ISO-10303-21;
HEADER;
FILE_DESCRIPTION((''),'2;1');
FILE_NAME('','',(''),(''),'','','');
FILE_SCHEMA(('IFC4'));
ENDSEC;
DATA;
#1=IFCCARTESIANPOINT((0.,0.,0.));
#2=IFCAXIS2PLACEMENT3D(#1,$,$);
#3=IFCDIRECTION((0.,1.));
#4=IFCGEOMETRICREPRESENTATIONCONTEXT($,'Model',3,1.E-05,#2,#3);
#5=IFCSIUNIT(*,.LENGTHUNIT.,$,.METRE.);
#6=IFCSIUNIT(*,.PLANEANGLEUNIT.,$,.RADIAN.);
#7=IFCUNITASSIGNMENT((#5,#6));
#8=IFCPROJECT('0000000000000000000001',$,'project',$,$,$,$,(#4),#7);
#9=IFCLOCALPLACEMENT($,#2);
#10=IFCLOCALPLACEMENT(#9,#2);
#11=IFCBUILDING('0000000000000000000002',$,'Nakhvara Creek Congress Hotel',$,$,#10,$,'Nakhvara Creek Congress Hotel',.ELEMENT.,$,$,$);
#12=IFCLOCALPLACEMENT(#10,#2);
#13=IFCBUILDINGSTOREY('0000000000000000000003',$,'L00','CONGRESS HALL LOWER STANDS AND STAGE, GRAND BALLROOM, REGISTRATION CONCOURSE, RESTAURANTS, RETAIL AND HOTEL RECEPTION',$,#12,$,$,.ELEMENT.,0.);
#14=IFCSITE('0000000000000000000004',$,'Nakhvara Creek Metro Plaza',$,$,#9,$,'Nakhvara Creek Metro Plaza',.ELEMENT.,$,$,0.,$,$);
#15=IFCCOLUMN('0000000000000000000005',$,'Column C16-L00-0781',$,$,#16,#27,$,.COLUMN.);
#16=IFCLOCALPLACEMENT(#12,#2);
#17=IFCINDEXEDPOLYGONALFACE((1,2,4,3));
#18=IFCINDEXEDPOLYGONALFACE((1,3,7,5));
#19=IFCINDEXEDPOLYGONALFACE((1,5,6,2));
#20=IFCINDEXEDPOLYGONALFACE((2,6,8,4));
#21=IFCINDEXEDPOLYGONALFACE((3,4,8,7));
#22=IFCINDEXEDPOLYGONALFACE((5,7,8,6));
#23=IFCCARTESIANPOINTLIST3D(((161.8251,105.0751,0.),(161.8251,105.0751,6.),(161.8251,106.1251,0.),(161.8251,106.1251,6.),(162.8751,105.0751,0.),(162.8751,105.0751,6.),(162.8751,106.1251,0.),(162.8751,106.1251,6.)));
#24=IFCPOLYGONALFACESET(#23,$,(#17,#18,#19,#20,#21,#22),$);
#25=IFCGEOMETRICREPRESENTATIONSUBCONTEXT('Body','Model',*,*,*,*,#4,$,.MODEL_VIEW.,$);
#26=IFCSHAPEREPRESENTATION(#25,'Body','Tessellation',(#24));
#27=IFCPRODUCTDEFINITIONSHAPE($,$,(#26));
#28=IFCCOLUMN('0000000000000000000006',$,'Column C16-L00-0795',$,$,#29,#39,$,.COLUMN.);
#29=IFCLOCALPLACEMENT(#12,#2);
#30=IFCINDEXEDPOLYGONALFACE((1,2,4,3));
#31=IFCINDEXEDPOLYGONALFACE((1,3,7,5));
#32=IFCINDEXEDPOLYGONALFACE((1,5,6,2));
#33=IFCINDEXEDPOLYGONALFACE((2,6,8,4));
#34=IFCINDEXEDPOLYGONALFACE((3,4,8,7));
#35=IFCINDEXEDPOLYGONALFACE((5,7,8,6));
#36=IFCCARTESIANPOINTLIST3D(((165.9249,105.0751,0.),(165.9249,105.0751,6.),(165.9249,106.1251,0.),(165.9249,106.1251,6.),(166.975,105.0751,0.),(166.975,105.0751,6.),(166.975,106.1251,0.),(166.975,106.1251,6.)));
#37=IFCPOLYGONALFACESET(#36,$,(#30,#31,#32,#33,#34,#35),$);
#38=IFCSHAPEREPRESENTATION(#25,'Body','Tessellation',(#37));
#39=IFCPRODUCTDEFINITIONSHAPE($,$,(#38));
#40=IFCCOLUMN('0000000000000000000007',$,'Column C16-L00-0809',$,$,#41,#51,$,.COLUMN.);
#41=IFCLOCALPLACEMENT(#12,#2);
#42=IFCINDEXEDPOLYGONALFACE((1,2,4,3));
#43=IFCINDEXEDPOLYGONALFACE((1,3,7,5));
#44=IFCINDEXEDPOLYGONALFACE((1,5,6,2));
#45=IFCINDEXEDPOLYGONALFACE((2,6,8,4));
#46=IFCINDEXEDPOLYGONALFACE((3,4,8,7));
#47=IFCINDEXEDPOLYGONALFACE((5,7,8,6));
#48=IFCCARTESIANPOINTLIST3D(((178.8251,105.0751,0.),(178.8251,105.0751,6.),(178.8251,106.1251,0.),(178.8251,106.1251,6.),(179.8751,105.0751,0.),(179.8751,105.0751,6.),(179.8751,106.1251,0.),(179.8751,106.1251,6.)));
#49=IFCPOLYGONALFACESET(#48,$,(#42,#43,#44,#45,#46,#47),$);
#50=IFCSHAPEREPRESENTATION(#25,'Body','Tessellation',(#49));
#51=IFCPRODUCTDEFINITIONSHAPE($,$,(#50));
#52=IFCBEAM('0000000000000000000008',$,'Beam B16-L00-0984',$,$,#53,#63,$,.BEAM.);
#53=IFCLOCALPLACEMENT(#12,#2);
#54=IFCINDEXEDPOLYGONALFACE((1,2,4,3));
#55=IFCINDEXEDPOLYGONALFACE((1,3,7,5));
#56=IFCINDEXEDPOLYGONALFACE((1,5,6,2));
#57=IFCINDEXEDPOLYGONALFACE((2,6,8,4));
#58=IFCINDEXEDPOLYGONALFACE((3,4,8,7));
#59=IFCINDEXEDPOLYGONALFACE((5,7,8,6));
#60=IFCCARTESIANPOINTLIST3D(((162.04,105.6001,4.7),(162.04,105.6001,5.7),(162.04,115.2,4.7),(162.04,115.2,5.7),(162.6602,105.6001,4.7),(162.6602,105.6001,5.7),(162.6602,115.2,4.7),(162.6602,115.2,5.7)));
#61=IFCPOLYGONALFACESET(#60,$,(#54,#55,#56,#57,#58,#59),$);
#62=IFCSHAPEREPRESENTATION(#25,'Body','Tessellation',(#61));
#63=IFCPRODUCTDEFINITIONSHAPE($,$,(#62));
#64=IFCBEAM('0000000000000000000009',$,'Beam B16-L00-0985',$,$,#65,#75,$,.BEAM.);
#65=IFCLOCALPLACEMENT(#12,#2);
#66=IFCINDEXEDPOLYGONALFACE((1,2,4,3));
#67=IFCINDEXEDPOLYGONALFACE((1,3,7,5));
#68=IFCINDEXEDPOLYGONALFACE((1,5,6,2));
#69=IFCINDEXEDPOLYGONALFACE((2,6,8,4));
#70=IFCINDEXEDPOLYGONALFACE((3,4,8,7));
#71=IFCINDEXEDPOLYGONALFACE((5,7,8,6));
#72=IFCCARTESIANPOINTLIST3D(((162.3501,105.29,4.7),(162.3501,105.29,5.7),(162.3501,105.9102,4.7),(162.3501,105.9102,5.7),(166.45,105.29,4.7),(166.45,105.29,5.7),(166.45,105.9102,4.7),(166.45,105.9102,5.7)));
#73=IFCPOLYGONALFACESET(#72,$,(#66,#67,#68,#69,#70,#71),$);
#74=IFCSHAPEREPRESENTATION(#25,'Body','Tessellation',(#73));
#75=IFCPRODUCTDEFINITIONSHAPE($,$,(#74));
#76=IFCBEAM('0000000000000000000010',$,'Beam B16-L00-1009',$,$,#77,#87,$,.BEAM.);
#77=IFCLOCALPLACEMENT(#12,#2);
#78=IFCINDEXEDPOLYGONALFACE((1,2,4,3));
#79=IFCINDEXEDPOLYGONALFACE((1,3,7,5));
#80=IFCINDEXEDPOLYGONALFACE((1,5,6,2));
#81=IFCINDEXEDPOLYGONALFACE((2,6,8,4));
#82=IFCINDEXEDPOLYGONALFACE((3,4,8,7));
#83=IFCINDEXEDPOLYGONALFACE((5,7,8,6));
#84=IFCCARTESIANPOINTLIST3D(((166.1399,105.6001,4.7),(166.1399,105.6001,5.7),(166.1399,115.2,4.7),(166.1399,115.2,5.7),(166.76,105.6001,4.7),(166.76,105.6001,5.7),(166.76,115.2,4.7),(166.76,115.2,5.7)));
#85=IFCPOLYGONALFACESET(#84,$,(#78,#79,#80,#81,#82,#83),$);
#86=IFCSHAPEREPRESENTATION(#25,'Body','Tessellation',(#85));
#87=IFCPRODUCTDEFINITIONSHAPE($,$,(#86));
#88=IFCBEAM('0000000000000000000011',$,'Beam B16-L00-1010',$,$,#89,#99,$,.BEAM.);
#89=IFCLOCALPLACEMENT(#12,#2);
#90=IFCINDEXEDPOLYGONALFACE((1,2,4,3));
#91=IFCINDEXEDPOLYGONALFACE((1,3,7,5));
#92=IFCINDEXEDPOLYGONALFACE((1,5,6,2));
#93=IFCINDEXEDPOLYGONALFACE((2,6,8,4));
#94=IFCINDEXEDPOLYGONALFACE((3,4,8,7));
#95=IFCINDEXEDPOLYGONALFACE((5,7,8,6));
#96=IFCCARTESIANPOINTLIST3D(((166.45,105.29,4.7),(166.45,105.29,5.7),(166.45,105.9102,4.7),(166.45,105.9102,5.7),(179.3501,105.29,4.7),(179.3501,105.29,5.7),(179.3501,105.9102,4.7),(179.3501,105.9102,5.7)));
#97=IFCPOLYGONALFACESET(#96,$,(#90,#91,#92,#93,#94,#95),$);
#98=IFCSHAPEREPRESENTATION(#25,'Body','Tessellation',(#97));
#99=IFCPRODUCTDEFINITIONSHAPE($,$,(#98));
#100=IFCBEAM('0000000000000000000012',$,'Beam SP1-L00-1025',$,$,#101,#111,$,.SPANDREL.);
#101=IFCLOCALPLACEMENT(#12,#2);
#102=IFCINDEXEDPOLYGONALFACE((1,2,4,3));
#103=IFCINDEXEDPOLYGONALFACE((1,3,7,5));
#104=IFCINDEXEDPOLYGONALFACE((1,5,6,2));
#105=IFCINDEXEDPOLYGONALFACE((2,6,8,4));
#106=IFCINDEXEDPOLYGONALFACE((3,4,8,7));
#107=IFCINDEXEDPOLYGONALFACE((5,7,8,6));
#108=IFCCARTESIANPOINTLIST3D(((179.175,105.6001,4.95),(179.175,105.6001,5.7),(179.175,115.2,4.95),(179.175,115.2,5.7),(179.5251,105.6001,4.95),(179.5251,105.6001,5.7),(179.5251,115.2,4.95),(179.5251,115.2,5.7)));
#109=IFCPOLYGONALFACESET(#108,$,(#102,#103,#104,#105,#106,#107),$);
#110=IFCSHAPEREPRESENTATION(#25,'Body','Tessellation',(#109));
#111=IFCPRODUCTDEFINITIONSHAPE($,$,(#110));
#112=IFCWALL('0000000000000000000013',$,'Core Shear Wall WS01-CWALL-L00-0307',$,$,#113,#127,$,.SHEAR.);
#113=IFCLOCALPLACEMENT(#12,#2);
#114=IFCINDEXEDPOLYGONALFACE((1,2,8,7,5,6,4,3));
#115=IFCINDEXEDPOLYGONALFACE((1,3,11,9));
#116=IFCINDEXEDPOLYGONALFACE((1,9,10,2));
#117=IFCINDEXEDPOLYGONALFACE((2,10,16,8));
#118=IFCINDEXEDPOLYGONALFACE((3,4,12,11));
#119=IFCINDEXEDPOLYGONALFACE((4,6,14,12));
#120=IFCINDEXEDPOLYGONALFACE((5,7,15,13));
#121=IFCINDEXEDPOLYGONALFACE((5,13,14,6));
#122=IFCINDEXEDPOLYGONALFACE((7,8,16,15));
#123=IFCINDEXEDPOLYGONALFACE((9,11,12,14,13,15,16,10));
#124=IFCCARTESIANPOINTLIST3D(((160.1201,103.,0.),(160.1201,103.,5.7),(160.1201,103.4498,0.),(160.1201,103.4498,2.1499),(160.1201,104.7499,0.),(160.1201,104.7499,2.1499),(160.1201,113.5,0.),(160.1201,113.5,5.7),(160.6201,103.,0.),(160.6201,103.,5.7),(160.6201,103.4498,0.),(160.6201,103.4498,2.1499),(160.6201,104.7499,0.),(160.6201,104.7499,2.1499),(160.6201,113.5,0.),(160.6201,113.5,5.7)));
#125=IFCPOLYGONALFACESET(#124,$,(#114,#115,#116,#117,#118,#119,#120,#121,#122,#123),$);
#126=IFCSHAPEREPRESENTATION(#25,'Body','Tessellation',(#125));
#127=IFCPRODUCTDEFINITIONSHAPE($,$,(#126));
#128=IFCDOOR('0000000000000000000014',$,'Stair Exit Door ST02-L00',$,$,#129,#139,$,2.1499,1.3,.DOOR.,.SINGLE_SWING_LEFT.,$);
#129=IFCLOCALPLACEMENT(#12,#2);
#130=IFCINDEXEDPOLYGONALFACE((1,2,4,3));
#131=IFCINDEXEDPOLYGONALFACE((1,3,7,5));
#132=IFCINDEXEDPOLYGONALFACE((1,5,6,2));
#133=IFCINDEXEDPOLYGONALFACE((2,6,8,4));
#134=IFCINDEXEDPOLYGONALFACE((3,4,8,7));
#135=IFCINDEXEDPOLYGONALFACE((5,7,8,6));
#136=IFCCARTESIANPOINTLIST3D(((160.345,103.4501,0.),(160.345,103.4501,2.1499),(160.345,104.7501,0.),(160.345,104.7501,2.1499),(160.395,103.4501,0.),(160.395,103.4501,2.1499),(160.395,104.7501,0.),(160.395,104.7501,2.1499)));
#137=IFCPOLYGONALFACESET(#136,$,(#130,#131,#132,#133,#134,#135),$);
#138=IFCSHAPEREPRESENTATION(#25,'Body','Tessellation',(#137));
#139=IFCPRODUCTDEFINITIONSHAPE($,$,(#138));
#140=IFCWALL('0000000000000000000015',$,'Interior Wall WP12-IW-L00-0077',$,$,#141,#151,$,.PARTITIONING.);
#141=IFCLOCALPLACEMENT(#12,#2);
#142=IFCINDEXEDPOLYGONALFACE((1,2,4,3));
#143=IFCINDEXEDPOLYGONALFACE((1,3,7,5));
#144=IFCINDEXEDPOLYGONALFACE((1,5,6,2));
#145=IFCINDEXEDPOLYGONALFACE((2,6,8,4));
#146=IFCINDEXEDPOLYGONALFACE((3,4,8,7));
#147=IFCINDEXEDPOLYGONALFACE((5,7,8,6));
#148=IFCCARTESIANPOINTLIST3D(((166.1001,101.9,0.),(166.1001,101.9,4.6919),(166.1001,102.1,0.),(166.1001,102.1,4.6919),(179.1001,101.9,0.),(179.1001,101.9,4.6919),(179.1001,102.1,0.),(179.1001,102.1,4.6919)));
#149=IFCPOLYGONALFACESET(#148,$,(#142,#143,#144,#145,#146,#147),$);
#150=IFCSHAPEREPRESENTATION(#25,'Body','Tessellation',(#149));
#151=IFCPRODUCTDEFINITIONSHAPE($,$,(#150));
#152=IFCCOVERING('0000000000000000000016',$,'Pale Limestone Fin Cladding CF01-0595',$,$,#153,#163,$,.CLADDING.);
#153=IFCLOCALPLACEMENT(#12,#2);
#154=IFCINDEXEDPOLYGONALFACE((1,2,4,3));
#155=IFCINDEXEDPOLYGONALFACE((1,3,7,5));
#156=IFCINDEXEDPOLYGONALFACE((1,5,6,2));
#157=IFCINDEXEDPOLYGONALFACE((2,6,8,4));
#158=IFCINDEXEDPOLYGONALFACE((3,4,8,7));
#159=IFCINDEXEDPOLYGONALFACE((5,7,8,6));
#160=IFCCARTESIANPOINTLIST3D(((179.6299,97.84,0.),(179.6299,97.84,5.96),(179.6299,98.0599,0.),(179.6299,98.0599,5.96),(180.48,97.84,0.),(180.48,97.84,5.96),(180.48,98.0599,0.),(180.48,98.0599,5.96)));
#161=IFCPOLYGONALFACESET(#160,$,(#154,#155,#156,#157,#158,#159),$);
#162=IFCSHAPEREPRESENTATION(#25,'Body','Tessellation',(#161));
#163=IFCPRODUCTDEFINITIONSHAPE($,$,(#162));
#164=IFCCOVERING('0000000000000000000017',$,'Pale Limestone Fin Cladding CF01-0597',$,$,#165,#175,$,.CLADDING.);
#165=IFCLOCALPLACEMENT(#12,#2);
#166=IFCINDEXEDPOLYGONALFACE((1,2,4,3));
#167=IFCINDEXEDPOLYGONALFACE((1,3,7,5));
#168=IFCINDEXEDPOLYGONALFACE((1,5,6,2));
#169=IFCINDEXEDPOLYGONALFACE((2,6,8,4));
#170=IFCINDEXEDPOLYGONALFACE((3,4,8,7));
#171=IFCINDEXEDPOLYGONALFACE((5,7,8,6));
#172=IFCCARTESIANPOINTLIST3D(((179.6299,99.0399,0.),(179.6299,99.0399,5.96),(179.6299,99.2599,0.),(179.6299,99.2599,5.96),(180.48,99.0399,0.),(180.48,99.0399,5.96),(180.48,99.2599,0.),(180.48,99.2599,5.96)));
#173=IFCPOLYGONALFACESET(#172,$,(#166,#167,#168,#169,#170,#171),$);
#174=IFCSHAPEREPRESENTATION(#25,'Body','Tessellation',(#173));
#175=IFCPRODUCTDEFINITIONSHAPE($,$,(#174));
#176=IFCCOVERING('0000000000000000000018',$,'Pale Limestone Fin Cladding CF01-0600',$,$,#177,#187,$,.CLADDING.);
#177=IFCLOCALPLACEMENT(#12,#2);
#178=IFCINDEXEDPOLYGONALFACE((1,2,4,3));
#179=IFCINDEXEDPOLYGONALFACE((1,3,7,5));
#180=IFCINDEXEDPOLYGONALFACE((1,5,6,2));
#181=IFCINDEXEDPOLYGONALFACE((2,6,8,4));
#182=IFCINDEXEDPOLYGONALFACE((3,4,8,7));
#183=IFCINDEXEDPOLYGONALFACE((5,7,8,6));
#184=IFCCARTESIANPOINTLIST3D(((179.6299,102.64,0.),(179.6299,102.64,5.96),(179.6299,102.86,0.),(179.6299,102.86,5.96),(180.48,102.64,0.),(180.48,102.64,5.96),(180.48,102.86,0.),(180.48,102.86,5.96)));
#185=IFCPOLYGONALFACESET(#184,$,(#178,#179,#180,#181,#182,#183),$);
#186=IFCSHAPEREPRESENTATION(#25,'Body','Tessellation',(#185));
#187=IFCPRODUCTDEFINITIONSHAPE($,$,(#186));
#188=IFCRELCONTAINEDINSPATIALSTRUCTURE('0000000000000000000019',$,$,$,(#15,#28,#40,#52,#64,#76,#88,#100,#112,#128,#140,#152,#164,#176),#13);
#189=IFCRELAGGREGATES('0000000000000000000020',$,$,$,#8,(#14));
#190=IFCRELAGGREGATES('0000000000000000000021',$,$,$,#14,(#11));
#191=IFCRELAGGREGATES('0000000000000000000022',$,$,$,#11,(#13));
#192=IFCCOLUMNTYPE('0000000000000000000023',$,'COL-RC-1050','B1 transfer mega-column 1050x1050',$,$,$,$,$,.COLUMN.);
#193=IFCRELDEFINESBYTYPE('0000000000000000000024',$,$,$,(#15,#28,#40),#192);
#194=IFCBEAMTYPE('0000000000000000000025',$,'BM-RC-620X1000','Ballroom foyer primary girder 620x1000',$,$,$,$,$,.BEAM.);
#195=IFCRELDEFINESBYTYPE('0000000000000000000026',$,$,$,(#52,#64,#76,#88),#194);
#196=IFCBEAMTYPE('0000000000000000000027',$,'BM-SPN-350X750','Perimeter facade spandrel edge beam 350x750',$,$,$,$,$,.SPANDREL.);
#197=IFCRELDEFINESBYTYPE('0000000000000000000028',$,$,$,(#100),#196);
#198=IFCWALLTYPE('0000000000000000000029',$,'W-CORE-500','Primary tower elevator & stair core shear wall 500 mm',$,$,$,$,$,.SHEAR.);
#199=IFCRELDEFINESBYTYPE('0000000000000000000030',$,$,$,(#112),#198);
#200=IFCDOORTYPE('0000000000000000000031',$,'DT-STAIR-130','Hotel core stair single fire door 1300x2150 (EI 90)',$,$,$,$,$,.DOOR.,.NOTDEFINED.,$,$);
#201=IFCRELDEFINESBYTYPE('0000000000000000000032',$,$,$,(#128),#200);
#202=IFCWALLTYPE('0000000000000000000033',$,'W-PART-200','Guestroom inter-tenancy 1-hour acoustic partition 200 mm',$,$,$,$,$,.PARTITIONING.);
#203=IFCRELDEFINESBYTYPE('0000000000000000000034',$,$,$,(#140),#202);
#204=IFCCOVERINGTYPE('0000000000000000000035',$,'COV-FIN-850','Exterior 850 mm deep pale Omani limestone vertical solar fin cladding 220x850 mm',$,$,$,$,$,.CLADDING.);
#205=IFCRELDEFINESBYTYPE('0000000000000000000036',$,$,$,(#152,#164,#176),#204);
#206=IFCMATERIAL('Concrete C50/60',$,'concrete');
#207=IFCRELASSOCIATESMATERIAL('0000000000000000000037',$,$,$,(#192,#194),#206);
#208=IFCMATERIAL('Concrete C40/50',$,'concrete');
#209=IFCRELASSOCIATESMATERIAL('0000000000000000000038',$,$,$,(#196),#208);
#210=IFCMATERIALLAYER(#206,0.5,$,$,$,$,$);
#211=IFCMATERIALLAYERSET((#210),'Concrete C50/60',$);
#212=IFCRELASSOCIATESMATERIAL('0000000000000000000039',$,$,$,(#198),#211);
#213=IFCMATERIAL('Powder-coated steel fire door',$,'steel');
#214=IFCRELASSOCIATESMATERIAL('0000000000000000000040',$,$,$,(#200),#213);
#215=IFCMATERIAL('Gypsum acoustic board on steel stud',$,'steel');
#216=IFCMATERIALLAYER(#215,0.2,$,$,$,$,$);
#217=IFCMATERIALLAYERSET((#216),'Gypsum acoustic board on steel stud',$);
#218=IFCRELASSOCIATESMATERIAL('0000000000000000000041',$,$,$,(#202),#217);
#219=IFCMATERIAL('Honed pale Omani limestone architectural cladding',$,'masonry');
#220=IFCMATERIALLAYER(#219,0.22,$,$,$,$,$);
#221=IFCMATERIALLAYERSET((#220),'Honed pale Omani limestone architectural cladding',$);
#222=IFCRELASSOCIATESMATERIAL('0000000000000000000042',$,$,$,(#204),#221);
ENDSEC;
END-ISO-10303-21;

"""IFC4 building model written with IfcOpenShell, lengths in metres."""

from ifc_helpers import new_model, si_unit, direction, frame, frame_2d, origin, origin_2d, place, context, subcontext, project, spatial, rectangle, extrude, material, layer, layer_set, material_profile, profile_set, type_object, element, fill, save


model = new_model("IFC4")

# Units and contexts
model_context = context("Model", 3, precision=1e-05, world=origin(), true_north=direction((0.0, 1.0)))
body_context = subcontext(model_context, "Body", "Model", "MODEL_VIEW")
ifc_project = project(units=[si_unit("LENGTHUNIT", "METRE"), si_unit("PLANEANGLEUNIT", "RADIAN")], contexts=[model_context])

# Site, building, storey
site_placement = place(None, origin())
site = spatial("IfcSite", under=ifc_project, at=site_placement, Name="Nakhvara Creek Metro Plaza", LongName="Nakhvara Creek Metro Plaza", CompositionType="ELEMENT", RefElevation=0.0)
building_placement = place(site_placement, origin())
building = spatial("IfcBuilding", under=site, at=building_placement, Name="Nakhvara Creek Congress Hotel", LongName="Nakhvara Creek Congress Hotel", CompositionType="ELEMENT")
storey_placement = place(building_placement, origin())
storey = spatial("IfcBuildingStorey", under=building, at=storey_placement, Name="L00", Description="CONGRESS HALL LOWER STANDS AND STAGE, GRAND BALLROOM, REGISTRATION CONCOURSE, RESTAURANTS, RETAIL AND HOTEL RECEPTION", CompositionType="ELEMENT", Elevation=0.0)

# Columns
ifc_material_1 = material(Name="Concrete C50/60", Category="concrete")
ifc_material_profile_1 = material_profile(ifc_material_1, rectangle(XDim=1.05, YDim=1.05, at=origin_2d()), Name="RC-COL 1050x1050", Category="LoadBearing")
ifc_profile_set_1 = profile_set([ifc_material_profile_1], Name="Concrete C50/60")
column_type = type_object("IfcColumnType", Name="COL-RC-1050", Description="B1 transfer mega-column 1050x1050", PredefinedType="COLUMN", material=ifc_profile_set_1)
for number, where, z_axis, x_axis, name in (
    (1, (162.3501, 105.6001, 0.0), (0.0, 0.0, 1.0), (1.0, 0.0, 0.0), "Column C16-L00-0781"),
    (2, (166.45, 105.6001, 0.0), (0.0, 0.0, 1.0), (1.0, 0.0, 0.0), "Column C16-L00-0795"),
    (3, (179.3501, 105.6001, 0.0), (0.0, 0.0, 1.0), (1.0, 0.0, 0.0), "Column C16-L00-0809"),
):
    element("IfcColumn", number, at=place(storey_placement, frame(where, z_axis=z_axis, x_axis=x_axis)), inside=storey, type_object=column_type, Name=name, PredefinedType="COLUMN", context=body_context, shape_type="SweptSolid", body=[
        extrude(rectangle(XDim=1.05, YDim=1.05, at=origin_2d()), origin(), (0.0, 0.0, 1.0), 6.0),
    ])

# Beams
ifc_material_profile_2 = material_profile(ifc_material_1, rectangle(XDim=0.6201, YDim=1.0, at=origin_2d()), Name="RC-BM 620x1000", Category="LoadBearing")
ifc_profile_set_2 = profile_set([ifc_material_profile_2], Name="Concrete C50/60")
beam_type_1 = type_object("IfcBeamType", Name="BM-RC-620X1000", Description="Ballroom foyer primary girder 620x1000", PredefinedType="BEAM", material=ifc_profile_set_2)
beam_1_placement = place(storey_placement, frame((162.3501, 105.6001, 5.2), z_axis=(0.0, 1.0, 0.0), x_axis=(-1.0, 0.0, 0.0)))
element("IfcBeam", 4, at=beam_1_placement, inside=storey, type_object=beam_type_1, Name="Beam B16-L00-0984", PredefinedType="BEAM", context=body_context, shape_type="SweptSolid", body=[
    extrude(rectangle(XDim=0.6201, YDim=1.0, at=origin_2d()), origin(), (0.0, 0.0, 1.0), 9.5999),
])
beam_2_placement = place(storey_placement, frame((162.3501, 105.6001, 5.2), z_axis=(1.0, 0.0, 0.0), x_axis=(0.0, 1.0, 0.0)))
element("IfcBeam", 5, at=beam_2_placement, inside=storey, type_object=beam_type_1, Name="Beam B16-L00-0985", PredefinedType="BEAM", context=body_context, shape_type="SweptSolid", body=[
    extrude(rectangle(XDim=0.6201, YDim=1.0, at=origin_2d()), origin(), (0.0, 0.0, 1.0), 4.0999),
])
beam_3_placement = place(storey_placement, frame((166.45, 105.6001, 5.2), z_axis=(0.0, 1.0, 0.0), x_axis=(-1.0, 0.0, 0.0)))
element("IfcBeam", 6, at=beam_3_placement, inside=storey, type_object=beam_type_1, Name="Beam B16-L00-1009", PredefinedType="BEAM", context=body_context, shape_type="SweptSolid", body=[
    extrude(rectangle(XDim=0.6201, YDim=1.0, at=origin_2d()), origin(), (0.0, 0.0, 1.0), 9.5999),
])
beam_4_placement = place(storey_placement, frame((166.45, 105.6001, 5.2), z_axis=(1.0, 0.0, 0.0), x_axis=(0.0, 1.0, 0.0)))
element("IfcBeam", 7, at=beam_4_placement, inside=storey, type_object=beam_type_1, Name="Beam B16-L00-1010", PredefinedType="BEAM", context=body_context, shape_type="SweptSolid", body=[
    extrude(rectangle(XDim=0.6201, YDim=1.0, at=origin_2d()), origin(), (0.0, 0.0, 1.0), 12.9001),
])
ifc_material_2 = material(Name="Concrete C40/50", Category="concrete")
ifc_material_profile_3 = material_profile(ifc_material_2, rectangle(XDim=0.3501, YDim=0.75, at=origin_2d()), Name="RC-SPANDREL 350x750", Category="LoadBearing")
ifc_profile_set_3 = profile_set([ifc_material_profile_3], Name="Concrete C40/50")
beam_type_2 = type_object("IfcBeamType", Name="BM-SPN-350X750", Description="Perimeter facade spandrel edge beam 350x750", PredefinedType="SPANDREL", material=ifc_profile_set_3)
beam_5_placement = place(storey_placement, frame((179.3501, 105.6001, 5.325), z_axis=(0.0, 1.0, 0.0), x_axis=(-1.0, 0.0, 0.0)))
element("IfcBeam", 8, at=beam_5_placement, inside=storey, type_object=beam_type_2, Name="Beam SP1-L00-1025", PredefinedType="SPANDREL", context=body_context, shape_type="SweptSolid", body=[
    extrude(rectangle(XDim=0.3501, YDim=0.75, at=origin_2d()), origin(), (0.0, 0.0, 1.0), 9.5999),
])

# Wall, opening, door
ifc_layer_1 = layer(ifc_material_1, 0.5)
ifc_layer_set_1 = layer_set([ifc_layer_1], Name="Concrete C50/60")
wall_type_1 = type_object("IfcWallType", Name="W-CORE-500", Description="Primary tower elevator & stair core shear wall 500 mm", PredefinedType="SHEAR", material=ifc_layer_set_1)
wall_1_placement = place(storey_placement, frame((160.3701, 103.0, 0.0), z_axis=(0.0, 0.0, 1.0), x_axis=(0.0, 1.0, 0.0)))
wall_1 = element("IfcWall", 9, at=wall_1_placement, inside=storey, type_object=wall_type_1, Name="Core Shear Wall WS01-CWALL-L00-0307", PredefinedType="SHEAR", context=body_context, shape_type="SweptSolid", body=[
    extrude(rectangle(XDim=10.5, YDim=0.5, at=frame_2d((5.25, 0.0))), origin(), (0.0, 0.0, 1.0), 5.7),
])
opening_placement = place(wall_1_placement, frame((0.45, 0.0, 0.0)))
opening = element("IfcOpeningElement", 10, at=opening_placement, cuts=wall_1, PredefinedType="OPENING", context=body_context, shape_type="SweptSolid", body=[
    extrude(rectangle(XDim=1.3, YDim=2.1499, at=frame_2d((0.6499, 1.075))), frame((0.0, 0.262, 0.0), z_axis=(0.0, -1.0, 0.0), x_axis=(1.0, 0.0, 0.0)), (0.0, 0.0, 1.0), 0.5239),
])
ifc_material_3 = material(Name="Powder-coated steel fire door", Category="steel")
door_type = type_object("IfcDoorType", Name="DT-STAIR-130", Description="Hotel core stair single fire door 1300x2150 (EI 90)", OperationType="NOTDEFINED", PredefinedType="DOOR", material=ifc_material_3)
door_placement = place(opening_placement, frame((1.3, 0.0, 0.0), z_axis=(0.0, 0.0, 1.0), x_axis=(-1.0, 0.0, 0.0)))
door = element("IfcDoor", 11, at=door_placement, inside=storey, type_object=door_type, Name="Stair Exit Door ST02-L00", OperationType="SINGLE_SWING_LEFT", OverallHeight=2.1499, OverallWidth=1.3, PredefinedType="DOOR", context=body_context, shape_type="SweptSolid", body=[
    extrude(rectangle(XDim=1.3, YDim=2.1499, at=frame_2d((0.6499, 1.075))), frame((0.0, 0.0249, 0.0), z_axis=(0.0, -1.0, 0.0), x_axis=(1.0, 0.0, 0.0)), (0.0, 0.0, 1.0), 0.05),
])
fill(opening, door)

# Wall
ifc_material_4 = material(Name="Gypsum acoustic board on steel stud", Category="steel")
ifc_layer_2 = layer(ifc_material_4, 0.2)
ifc_layer_set_2 = layer_set([ifc_layer_2], Name="Gypsum acoustic board on steel stud")
wall_type_2 = type_object("IfcWallType", Name="W-PART-200", Description="Guestroom inter-tenancy 1-hour acoustic partition 200 mm", PredefinedType="PARTITIONING", material=ifc_layer_set_2)
wall_2_placement = place(storey_placement, frame((166.1001, 102.0, 0.0), z_axis=(0.0, 0.0, 1.0), x_axis=(1.0, 0.0, 0.0)))
element("IfcWall", 12, at=wall_2_placement, inside=storey, type_object=wall_type_2, Name="Interior Wall WP12-IW-L00-0077", PredefinedType="PARTITIONING", context=body_context, shape_type="SweptSolid", body=[
    extrude(rectangle(XDim=13.0, YDim=0.2, at=frame_2d((6.5, 0.0))), origin(), (0.0, 0.0, 1.0), 4.6919),
])

# Coverings
ifc_material_5 = material(Name="Honed pale Omani limestone architectural cladding", Category="masonry")
ifc_layer_3 = layer(ifc_material_5, 0.22)
ifc_layer_set_3 = layer_set([ifc_layer_3], Name="Honed pale Omani limestone architectural cladding")
covering_type = type_object("IfcCoveringType", Name="COV-FIN-850", Description="Exterior 850 mm deep pale Omani limestone vertical solar fin cladding 220x850 mm", PredefinedType="CLADDING", material=ifc_layer_set_3)
for number, where, z_axis, x_axis, name in (
    (13, (180.0549, 97.95, 0.0), (0.0, 0.0, 1.0), (0.0, 1.0, 0.0), "Pale Limestone Fin Cladding CF01-0595"),
    (14, (180.0549, 99.1499, 0.0), (0.0, 0.0, 1.0), (0.0, 1.0, 0.0), "Pale Limestone Fin Cladding CF01-0597"),
    (15, (180.0549, 102.75, 0.0), (0.0, 0.0, 1.0), (0.0, 1.0, 0.0), "Pale Limestone Fin Cladding CF01-0600"),
):
    element("IfcCovering", number, at=place(storey_placement, frame(where, z_axis=z_axis, x_axis=x_axis)), inside=storey, type_object=covering_type, Name=name, PredefinedType="CLADDING", context=body_context, shape_type="SweptSolid", body=[
        extrude(rectangle(XDim=0.22, YDim=0.8501, at=origin_2d()), origin(), (0.0, 0.0, 1.0), 5.96),
    ])

save(model, "model.ifc")
